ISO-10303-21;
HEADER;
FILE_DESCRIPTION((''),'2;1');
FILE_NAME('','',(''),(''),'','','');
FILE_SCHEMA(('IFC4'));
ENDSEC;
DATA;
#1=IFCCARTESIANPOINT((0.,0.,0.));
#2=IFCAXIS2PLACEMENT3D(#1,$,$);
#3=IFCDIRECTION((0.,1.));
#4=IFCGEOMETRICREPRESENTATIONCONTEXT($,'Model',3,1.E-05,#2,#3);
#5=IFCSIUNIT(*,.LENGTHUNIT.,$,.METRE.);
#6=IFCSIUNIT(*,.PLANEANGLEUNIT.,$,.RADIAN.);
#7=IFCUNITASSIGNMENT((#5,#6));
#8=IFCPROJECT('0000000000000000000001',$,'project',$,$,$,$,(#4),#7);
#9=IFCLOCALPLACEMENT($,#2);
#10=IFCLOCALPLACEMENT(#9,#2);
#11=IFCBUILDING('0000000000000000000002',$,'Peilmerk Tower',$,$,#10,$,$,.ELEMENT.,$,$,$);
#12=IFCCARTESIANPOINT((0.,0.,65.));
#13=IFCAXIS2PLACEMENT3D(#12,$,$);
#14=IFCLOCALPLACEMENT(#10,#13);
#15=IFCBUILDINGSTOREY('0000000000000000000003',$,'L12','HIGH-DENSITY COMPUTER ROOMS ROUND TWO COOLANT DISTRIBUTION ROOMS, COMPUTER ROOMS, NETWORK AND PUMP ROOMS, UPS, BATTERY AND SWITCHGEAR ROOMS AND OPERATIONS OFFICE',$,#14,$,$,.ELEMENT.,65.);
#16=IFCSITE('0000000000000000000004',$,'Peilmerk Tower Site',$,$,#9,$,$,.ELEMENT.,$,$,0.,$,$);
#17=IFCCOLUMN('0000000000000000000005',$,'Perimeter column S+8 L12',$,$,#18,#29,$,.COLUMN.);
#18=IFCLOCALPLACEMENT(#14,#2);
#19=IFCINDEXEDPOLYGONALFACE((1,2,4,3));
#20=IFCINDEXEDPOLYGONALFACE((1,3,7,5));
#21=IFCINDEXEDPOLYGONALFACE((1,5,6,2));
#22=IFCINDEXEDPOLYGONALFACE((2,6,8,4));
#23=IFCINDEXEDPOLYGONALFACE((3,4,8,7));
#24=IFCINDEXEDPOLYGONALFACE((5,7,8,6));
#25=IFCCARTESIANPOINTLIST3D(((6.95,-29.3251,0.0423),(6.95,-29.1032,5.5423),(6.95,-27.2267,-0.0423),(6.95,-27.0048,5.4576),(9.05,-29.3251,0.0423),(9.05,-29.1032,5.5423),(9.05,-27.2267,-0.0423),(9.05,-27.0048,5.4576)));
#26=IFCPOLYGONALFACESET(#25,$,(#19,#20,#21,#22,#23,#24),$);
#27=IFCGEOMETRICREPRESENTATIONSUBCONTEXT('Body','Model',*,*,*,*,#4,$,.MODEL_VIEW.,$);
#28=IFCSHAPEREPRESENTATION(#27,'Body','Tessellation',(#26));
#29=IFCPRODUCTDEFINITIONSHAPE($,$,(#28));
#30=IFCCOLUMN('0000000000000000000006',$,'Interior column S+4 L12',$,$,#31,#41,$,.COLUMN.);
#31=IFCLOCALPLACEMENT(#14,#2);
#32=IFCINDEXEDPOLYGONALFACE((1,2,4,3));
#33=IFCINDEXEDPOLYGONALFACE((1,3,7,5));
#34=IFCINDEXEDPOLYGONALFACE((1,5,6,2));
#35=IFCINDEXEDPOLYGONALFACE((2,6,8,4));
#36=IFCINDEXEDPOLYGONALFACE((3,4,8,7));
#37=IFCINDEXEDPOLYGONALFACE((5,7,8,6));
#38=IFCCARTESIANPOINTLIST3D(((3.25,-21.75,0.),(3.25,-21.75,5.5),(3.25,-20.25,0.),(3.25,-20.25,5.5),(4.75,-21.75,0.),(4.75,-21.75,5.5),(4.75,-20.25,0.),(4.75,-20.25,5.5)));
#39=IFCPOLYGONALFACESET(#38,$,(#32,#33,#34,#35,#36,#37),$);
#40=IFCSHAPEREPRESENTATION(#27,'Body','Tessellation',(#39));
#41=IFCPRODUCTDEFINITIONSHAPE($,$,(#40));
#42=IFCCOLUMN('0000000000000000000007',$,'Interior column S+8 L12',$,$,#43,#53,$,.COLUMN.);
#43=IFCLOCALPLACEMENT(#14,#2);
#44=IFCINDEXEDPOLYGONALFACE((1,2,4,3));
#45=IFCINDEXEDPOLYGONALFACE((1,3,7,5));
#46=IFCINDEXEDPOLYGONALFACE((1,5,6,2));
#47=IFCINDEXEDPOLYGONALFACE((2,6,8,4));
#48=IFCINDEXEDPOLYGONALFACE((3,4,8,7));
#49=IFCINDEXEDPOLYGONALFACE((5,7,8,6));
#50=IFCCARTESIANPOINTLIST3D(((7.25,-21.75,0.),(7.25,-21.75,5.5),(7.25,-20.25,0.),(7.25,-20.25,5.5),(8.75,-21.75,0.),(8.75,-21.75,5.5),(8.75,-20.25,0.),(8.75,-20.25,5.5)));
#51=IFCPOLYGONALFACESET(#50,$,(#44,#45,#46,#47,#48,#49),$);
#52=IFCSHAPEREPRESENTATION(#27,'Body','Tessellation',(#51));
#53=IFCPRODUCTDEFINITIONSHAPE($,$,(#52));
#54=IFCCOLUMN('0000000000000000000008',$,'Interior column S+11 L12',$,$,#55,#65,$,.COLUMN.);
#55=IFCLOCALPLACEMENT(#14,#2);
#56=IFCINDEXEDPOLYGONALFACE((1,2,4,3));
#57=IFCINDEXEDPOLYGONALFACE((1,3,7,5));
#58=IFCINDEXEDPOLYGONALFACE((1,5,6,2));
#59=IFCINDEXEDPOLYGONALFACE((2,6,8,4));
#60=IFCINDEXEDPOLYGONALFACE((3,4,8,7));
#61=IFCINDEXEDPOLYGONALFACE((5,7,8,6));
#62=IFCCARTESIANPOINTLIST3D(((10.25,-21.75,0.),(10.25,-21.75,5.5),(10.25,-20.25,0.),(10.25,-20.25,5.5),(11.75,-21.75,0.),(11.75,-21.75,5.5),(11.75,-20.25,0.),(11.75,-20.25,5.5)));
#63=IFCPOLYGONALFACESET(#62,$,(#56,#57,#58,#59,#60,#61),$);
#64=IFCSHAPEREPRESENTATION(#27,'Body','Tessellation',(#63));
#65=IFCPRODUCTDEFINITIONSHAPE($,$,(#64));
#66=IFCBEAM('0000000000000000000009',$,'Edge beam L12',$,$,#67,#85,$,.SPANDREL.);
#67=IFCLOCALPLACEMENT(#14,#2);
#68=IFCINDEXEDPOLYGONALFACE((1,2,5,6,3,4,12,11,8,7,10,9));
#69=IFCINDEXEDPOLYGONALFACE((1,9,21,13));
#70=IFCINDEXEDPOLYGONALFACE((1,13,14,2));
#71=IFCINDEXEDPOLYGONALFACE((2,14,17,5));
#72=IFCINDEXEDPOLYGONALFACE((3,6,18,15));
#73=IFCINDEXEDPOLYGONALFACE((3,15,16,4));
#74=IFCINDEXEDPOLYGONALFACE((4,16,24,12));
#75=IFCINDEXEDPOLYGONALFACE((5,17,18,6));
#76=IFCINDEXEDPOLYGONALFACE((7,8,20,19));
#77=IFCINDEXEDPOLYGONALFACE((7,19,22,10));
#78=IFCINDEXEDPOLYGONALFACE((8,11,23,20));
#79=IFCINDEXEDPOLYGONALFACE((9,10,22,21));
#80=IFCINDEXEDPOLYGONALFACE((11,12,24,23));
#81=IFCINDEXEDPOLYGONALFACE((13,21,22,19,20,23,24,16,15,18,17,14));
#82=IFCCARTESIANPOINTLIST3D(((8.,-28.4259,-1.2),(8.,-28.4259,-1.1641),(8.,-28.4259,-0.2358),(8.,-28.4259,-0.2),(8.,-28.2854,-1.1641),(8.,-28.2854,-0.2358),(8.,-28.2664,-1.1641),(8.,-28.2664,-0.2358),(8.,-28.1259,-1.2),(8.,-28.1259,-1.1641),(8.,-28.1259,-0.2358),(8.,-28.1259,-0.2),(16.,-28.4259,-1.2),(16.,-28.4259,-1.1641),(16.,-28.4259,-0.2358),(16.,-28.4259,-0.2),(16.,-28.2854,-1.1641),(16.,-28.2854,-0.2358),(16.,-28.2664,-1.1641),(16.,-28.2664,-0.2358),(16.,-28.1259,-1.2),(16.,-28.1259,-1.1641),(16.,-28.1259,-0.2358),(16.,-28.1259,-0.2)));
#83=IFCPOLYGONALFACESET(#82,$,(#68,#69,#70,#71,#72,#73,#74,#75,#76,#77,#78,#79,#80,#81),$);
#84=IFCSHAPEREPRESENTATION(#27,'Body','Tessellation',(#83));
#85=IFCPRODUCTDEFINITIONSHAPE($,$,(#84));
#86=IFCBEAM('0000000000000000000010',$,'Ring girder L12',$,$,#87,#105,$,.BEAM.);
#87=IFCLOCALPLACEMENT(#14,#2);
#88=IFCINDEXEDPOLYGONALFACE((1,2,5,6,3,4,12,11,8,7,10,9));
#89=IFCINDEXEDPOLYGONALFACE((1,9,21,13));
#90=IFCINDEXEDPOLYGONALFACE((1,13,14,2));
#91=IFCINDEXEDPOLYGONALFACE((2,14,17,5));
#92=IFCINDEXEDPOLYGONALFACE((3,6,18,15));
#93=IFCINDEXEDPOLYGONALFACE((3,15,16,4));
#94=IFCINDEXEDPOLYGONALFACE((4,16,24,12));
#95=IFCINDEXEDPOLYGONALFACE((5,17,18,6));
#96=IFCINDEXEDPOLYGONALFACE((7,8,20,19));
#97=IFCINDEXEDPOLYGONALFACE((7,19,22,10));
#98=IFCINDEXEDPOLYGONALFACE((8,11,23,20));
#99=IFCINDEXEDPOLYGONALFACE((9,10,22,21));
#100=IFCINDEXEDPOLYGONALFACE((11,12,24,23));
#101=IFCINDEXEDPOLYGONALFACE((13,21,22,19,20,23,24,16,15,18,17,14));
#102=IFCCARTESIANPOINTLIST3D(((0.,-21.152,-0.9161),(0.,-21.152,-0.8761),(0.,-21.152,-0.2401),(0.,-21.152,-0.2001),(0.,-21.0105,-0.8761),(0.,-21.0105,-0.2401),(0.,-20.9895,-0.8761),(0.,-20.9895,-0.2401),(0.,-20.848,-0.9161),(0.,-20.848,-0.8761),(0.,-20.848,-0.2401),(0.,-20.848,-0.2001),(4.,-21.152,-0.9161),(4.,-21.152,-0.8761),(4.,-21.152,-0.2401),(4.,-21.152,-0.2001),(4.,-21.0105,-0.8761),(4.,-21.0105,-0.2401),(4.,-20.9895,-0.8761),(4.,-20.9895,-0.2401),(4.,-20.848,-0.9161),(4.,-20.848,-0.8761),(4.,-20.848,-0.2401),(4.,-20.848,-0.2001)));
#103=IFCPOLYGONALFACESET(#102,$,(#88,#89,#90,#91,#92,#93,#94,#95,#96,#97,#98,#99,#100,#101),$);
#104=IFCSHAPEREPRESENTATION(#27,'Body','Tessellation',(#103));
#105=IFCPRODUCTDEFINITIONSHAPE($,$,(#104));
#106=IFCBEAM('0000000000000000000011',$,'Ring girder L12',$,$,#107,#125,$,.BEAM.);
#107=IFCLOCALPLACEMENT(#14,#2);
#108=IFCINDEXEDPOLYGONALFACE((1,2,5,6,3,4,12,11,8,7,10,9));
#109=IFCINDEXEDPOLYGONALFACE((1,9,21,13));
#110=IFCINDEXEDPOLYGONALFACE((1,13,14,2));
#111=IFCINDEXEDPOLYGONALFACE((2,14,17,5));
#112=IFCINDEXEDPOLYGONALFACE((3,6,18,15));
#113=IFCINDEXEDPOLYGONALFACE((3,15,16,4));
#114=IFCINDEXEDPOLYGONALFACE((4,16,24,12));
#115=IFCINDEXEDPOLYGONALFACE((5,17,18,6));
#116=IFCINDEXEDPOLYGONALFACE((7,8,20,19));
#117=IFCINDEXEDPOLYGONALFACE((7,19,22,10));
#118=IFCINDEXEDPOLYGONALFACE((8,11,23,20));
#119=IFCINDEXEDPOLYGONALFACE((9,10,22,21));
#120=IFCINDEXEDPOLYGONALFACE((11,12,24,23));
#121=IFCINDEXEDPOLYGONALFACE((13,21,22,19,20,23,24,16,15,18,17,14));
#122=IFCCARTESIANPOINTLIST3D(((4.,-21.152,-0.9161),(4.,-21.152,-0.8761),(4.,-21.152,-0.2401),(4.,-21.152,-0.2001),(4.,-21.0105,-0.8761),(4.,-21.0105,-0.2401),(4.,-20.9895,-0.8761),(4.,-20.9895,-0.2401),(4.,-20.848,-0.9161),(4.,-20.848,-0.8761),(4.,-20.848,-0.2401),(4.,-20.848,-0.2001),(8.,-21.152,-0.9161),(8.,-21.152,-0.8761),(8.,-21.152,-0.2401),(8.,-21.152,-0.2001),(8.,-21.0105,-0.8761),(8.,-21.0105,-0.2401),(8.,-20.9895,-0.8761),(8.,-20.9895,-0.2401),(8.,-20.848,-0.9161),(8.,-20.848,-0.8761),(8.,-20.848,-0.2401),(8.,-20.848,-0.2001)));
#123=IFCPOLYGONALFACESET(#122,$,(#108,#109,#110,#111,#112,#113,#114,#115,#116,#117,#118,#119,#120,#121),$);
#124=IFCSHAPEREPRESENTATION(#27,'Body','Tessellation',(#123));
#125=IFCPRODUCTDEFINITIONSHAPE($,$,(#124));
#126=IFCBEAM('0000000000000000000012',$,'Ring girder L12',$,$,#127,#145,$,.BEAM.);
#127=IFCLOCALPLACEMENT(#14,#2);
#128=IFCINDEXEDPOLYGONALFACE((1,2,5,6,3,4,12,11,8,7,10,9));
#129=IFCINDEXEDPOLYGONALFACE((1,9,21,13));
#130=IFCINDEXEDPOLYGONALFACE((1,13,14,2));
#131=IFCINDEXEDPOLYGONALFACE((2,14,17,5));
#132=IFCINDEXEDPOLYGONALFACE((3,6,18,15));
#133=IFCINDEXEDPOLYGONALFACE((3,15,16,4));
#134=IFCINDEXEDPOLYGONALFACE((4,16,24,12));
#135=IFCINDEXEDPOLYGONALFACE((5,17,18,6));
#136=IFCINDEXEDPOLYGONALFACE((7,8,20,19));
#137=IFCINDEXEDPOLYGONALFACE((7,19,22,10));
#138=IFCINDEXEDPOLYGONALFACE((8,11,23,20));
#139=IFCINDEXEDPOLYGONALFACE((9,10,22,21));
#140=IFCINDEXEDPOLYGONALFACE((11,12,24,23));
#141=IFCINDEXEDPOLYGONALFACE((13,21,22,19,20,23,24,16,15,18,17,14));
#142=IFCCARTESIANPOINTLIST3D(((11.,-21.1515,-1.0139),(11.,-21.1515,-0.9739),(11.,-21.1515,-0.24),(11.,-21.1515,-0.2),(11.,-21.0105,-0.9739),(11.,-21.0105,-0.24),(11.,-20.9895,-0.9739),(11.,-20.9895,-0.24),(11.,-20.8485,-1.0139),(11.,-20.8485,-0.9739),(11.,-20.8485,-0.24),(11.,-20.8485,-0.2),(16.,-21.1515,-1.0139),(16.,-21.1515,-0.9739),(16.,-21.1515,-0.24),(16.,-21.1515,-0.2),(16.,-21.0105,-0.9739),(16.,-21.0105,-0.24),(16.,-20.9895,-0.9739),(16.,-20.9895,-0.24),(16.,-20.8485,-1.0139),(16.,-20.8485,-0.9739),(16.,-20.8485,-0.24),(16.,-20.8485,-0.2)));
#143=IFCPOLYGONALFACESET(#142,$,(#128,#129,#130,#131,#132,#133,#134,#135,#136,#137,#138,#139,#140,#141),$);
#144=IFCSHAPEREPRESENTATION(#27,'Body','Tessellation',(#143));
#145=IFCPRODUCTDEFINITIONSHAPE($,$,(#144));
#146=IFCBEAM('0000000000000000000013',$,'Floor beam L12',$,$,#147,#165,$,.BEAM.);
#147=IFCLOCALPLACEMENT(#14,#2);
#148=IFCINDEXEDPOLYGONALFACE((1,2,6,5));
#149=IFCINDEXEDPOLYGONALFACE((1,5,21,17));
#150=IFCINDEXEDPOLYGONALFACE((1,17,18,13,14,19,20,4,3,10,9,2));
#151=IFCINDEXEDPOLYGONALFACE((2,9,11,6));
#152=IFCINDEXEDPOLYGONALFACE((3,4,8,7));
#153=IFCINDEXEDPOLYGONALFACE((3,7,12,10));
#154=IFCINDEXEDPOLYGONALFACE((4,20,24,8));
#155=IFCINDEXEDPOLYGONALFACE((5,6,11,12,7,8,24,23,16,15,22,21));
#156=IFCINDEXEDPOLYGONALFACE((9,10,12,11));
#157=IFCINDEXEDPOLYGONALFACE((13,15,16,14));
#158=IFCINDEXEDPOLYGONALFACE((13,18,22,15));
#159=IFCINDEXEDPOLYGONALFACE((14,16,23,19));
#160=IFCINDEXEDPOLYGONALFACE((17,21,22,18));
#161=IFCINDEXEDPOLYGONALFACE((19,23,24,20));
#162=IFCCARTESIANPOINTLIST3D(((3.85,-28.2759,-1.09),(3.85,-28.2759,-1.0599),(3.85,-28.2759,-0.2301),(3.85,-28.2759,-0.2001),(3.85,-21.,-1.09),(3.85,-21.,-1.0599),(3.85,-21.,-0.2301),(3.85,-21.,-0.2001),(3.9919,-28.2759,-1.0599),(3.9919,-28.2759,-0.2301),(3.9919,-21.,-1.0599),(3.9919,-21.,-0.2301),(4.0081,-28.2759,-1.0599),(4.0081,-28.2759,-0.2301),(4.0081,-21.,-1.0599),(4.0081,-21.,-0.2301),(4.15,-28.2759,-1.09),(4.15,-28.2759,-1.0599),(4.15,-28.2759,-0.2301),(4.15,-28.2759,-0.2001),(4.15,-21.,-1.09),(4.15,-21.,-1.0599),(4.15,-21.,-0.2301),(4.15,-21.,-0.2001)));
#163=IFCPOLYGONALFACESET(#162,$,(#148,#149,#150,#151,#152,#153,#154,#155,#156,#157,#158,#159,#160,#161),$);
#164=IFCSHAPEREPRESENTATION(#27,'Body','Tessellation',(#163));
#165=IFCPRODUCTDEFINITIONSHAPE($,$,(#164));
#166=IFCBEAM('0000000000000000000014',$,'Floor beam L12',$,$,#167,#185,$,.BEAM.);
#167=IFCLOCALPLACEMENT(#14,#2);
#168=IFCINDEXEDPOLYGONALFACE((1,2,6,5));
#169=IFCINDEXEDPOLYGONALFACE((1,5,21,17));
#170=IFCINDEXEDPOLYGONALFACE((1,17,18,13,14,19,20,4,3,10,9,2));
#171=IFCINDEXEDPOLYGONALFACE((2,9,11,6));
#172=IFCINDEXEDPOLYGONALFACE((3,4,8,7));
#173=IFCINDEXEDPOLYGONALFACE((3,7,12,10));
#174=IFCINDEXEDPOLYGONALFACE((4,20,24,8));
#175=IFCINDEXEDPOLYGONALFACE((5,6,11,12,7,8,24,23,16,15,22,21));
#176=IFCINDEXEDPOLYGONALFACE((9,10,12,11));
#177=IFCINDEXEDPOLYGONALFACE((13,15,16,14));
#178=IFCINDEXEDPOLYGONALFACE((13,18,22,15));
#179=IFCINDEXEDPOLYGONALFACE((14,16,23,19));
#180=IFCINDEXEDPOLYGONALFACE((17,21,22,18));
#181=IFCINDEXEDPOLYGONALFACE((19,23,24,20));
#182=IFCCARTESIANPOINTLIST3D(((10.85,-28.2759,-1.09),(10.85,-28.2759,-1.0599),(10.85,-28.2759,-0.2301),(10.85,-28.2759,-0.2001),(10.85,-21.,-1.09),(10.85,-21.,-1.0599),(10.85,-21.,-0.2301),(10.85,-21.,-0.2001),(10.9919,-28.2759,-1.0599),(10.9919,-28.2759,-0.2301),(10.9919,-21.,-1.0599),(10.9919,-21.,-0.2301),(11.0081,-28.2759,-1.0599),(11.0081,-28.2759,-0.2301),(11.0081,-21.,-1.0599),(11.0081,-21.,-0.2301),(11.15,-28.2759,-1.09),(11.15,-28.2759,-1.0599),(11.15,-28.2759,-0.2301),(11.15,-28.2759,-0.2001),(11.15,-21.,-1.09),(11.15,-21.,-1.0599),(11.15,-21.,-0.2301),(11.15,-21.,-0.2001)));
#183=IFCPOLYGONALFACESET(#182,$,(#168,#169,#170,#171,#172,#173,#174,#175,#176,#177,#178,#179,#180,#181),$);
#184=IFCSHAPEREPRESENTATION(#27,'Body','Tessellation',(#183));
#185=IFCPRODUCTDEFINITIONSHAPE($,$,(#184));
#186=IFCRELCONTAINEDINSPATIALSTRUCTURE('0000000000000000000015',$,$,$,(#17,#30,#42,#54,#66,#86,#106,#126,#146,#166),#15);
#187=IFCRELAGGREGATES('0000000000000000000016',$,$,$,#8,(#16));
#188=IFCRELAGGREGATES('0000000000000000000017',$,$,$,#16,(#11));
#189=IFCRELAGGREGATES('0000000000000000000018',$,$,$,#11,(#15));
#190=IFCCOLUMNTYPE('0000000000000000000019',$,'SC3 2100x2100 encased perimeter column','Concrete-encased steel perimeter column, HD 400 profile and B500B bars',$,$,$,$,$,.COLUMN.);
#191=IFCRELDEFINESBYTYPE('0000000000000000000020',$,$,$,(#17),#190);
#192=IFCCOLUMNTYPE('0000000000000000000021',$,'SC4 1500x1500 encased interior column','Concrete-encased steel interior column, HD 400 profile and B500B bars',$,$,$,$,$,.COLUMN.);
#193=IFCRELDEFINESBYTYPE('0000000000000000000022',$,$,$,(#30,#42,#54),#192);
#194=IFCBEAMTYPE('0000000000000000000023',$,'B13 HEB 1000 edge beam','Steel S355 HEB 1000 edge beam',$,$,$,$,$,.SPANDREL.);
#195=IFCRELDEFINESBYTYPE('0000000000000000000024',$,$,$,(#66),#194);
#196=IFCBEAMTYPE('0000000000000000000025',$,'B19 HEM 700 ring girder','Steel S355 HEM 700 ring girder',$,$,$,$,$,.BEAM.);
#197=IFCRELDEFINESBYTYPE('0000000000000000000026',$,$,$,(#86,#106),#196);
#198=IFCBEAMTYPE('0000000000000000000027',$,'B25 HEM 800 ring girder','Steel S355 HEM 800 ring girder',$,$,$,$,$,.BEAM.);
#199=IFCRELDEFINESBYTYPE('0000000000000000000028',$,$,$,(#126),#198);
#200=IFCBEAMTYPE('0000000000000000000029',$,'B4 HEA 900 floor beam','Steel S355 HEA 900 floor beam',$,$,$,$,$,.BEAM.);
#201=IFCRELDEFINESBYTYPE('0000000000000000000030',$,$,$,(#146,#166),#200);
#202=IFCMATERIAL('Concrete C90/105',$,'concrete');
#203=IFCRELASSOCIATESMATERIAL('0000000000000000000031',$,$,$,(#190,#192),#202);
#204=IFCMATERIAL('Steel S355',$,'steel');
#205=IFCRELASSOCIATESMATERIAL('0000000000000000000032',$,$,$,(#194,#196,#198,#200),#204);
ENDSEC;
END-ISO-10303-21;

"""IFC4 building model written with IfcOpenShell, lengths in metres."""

from ifc_helpers import new_model, si_unit, direction, frame, origin, origin_2d, place, context, subcontext, project, spatial, rectangle, i_section, extrude, material, material_profile, profile_set, type_object, element, save


model = new_model("IFC4")

# Units and contexts
model_context = context("Model", 3, precision=1e-05, world=origin(), true_north=direction((0.0, 1.0)))
body_context = subcontext(model_context, "Body", "Model", "MODEL_VIEW")
ifc_project = project(units=[si_unit("LENGTHUNIT", "METRE"), si_unit("PLANEANGLEUNIT", "RADIAN")], contexts=[model_context])

# Site, building, storey
site_placement = place(None, origin())
site = spatial("IfcSite", under=ifc_project, at=site_placement, Name="Peilmerk Tower Site", CompositionType="ELEMENT", RefElevation=0.0)
building_placement = place(site_placement, origin())
building = spatial("IfcBuilding", under=site, at=building_placement, Name="Peilmerk Tower", CompositionType="ELEMENT")
storey_placement = place(building_placement, frame((0.0, 0.0, 65.0)))
storey = spatial("IfcBuildingStorey", under=building, at=storey_placement, Name="L12", Description="HIGH-DENSITY COMPUTER ROOMS ROUND TWO COOLANT DISTRIBUTION ROOMS, COMPUTER ROOMS, NETWORK AND PUMP ROOMS, UPS, BATTERY AND SWITCHGEAR ROOMS AND OPERATIONS OFFICE", CompositionType="ELEMENT", Elevation=65.0)

# Columns
ifc_material_1 = material(Name="Concrete C90/105", Category="concrete")
ifc_material_profile_1 = material_profile(ifc_material_1, rectangle(XDim=2.1001, YDim=2.1001, at=origin_2d()), Name="RC 2100x2100")
ifc_profile_set_1 = profile_set([ifc_material_profile_1], Name="Concrete C90/105")
column_type_1 = type_object("IfcColumnType", Name="SC3 2100x2100 encased perimeter column", Description="Concrete-encased steel perimeter column, HD 400 profile and B500B bars", PredefinedType="COLUMN", material=ifc_profile_set_1)
column_placement = place(storey_placement, frame((8.0, -28.2759, 0.0), z_axis=(0.0, 0.040317, 0.999187), x_axis=(-1.0, 0.0, 0.0)))
element("IfcColumn", 1, at=column_placement, inside=storey, type_object=column_type_1, Name="Perimeter column S+8 L12", PredefinedType="COLUMN", context=body_context, shape_type="SweptSolid", body=[
    extrude(rectangle(XDim=2.1001, YDim=2.1001, at=origin_2d()), origin(), (0.0, 0.0, 1.0), 5.5044),
])
ifc_material_profile_2 = material_profile(ifc_material_1, rectangle(XDim=1.5, YDim=1.5, at=origin_2d()), Name="RC 1500x1500")
ifc_profile_set_2 = profile_set([ifc_material_profile_2], Name="Concrete C90/105")
column_type_2 = type_object("IfcColumnType", Name="SC4 1500x1500 encased interior column", Description="Concrete-encased steel interior column, HD 400 profile and B500B bars", PredefinedType="COLUMN", material=ifc_profile_set_2)
for number, where, z_axis, x_axis, name in (
    (2, (4.0, -21.0, 0.0), (0.0, 0.0, 1.0), (1.0, 0.0, 0.0), "Interior column S+4 L12"),
    (3, (8.0, -21.0, 0.0), (0.0, 0.0, 1.0), (1.0, 0.0, 0.0), "Interior column S+8 L12"),
    (4, (11.0, -21.0, 0.0), (0.0, 0.0, 1.0), (1.0, 0.0, 0.0), "Interior column S+11 L12"),
):
    element("IfcColumn", number, at=place(storey_placement, frame(where, z_axis=z_axis, x_axis=x_axis)), inside=storey, type_object=column_type_2, Name=name, PredefinedType="COLUMN", context=body_context, shape_type="SweptSolid", body=[
        extrude(rectangle(XDim=1.5, YDim=1.5, at=origin_2d()), origin(), (0.0, 0.0, 1.0), 5.5),
    ])

# Beams
ifc_material_2 = material(Name="Steel S355", Category="steel")
ifc_material_profile_3 = material_profile(ifc_material_2, i_section(OverallWidth=0.3, OverallDepth=1.0, WebThickness=0.019, FlangeThickness=0.0359, at=origin_2d()), Name="HEB 1000")
ifc_profile_set_3 = profile_set([ifc_material_profile_3], Name="Steel S355")
beam_type_1 = type_object("IfcBeamType", Name="B13 HEB 1000 edge beam", Description="Steel S355 HEB 1000 edge beam", PredefinedType="SPANDREL", material=ifc_profile_set_3)
beam_1_placement = place(storey_placement, frame((8.0, -28.2759, -0.7), z_axis=(1.0, 0.0, 0.0), x_axis=(0.0, 1.0, 0.0)))
element("IfcBeam", 5, at=beam_1_placement, inside=storey, type_object=beam_type_1, Name="Edge beam L12", PredefinedType="SPANDREL", context=body_context, shape_type="SweptSolid", body=[
    extrude(i_section(OverallWidth=0.3, OverallDepth=1.0, WebThickness=0.019, FlangeThickness=0.0359, at=origin_2d()), origin(), (0.0, 0.0, 1.0), 8.0),
])
ifc_material_profile_4 = material_profile(ifc_material_2, i_section(OverallWidth=0.304, OverallDepth=0.7161, WebThickness=0.021, FlangeThickness=0.04, at=origin_2d()), Name="HEM 700")
ifc_profile_set_4 = profile_set([ifc_material_profile_4], Name="Steel S355")
beam_type_2 = type_object("IfcBeamType", Name="B19 HEM 700 ring girder", Description="Steel S355 HEM 700 ring girder", PredefinedType="BEAM", material=ifc_profile_set_4)
for number, where, z_axis, x_axis, name in (
    (6, (0.0, -21.0, -0.5581), (1.0, 0.0, 0.0), (0.0, 1.0, 0.0), "Ring girder L12"),
    (7, (4.0, -21.0, -0.5581), (1.0, 0.0, 0.0), (0.0, 1.0, 0.0), "Ring girder L12"),
):
    element("IfcBeam", number, at=place(storey_placement, frame(where, z_axis=z_axis, x_axis=x_axis)), inside=storey, type_object=beam_type_2, Name=name, PredefinedType="BEAM", context=body_context, shape_type="SweptSolid", body=[
        extrude(i_section(OverallWidth=0.304, OverallDepth=0.7161, WebThickness=0.021, FlangeThickness=0.04, at=origin_2d()), origin(), (0.0, 0.0, 1.0), 4.0),
    ])
ifc_material_profile_5 = material_profile(ifc_material_2, i_section(OverallWidth=0.303, OverallDepth=0.814, WebThickness=0.021, FlangeThickness=0.04, at=origin_2d()), Name="HEM 800")
ifc_profile_set_5 = profile_set([ifc_material_profile_5], Name="Steel S355")
beam_type_3 = type_object("IfcBeamType", Name="B25 HEM 800 ring girder", Description="Steel S355 HEM 800 ring girder", PredefinedType="BEAM", material=ifc_profile_set_5)
beam_2_placement = place(storey_placement, frame((11.0, -21.0, -0.6069), z_axis=(1.0, 0.0, 0.0), x_axis=(0.0, 1.0, 0.0)))
element("IfcBeam", 8, at=beam_2_placement, inside=storey, type_object=beam_type_3, Name="Ring girder L12", PredefinedType="BEAM", context=body_context, shape_type="SweptSolid", body=[
    extrude(i_section(OverallWidth=0.303, OverallDepth=0.814, WebThickness=0.021, FlangeThickness=0.04, at=origin_2d()), origin(), (0.0, 0.0, 1.0), 5.0),
])
ifc_material_profile_6 = material_profile(ifc_material_2, i_section(OverallWidth=0.3, OverallDepth=0.8899, WebThickness=0.0161, FlangeThickness=0.03, at=origin_2d()), Name="HEA 900")
ifc_profile_set_6 = profile_set([ifc_material_profile_6], Name="Steel S355")
beam_type_4 = type_object("IfcBeamType", Name="B4 HEA 900 floor beam", Description="Steel S355 HEA 900 floor beam", PredefinedType="BEAM", material=ifc_profile_set_6)
for number, where, z_axis, x_axis, name in (
    (9, (4.0, -21.0, -0.645), (0.0, -1.0, 0.0), (1.0, 0.0, 0.0), "Floor beam L12"),
    (10, (11.0, -21.0, -0.645), (0.0, -1.0, 0.0), (1.0, 0.0, 0.0), "Floor beam L12"),
):
    element("IfcBeam", number, at=place(storey_placement, frame(where, z_axis=z_axis, x_axis=x_axis)), inside=storey, type_object=beam_type_4, Name=name, PredefinedType="BEAM", context=body_context, shape_type="SweptSolid", body=[
        extrude(i_section(OverallWidth=0.3, OverallDepth=0.8899, WebThickness=0.0161, FlangeThickness=0.03, at=origin_2d()), origin(), (0.0, 0.0, 1.0), 7.2759),
    ])

save(model, "model.ifc")
